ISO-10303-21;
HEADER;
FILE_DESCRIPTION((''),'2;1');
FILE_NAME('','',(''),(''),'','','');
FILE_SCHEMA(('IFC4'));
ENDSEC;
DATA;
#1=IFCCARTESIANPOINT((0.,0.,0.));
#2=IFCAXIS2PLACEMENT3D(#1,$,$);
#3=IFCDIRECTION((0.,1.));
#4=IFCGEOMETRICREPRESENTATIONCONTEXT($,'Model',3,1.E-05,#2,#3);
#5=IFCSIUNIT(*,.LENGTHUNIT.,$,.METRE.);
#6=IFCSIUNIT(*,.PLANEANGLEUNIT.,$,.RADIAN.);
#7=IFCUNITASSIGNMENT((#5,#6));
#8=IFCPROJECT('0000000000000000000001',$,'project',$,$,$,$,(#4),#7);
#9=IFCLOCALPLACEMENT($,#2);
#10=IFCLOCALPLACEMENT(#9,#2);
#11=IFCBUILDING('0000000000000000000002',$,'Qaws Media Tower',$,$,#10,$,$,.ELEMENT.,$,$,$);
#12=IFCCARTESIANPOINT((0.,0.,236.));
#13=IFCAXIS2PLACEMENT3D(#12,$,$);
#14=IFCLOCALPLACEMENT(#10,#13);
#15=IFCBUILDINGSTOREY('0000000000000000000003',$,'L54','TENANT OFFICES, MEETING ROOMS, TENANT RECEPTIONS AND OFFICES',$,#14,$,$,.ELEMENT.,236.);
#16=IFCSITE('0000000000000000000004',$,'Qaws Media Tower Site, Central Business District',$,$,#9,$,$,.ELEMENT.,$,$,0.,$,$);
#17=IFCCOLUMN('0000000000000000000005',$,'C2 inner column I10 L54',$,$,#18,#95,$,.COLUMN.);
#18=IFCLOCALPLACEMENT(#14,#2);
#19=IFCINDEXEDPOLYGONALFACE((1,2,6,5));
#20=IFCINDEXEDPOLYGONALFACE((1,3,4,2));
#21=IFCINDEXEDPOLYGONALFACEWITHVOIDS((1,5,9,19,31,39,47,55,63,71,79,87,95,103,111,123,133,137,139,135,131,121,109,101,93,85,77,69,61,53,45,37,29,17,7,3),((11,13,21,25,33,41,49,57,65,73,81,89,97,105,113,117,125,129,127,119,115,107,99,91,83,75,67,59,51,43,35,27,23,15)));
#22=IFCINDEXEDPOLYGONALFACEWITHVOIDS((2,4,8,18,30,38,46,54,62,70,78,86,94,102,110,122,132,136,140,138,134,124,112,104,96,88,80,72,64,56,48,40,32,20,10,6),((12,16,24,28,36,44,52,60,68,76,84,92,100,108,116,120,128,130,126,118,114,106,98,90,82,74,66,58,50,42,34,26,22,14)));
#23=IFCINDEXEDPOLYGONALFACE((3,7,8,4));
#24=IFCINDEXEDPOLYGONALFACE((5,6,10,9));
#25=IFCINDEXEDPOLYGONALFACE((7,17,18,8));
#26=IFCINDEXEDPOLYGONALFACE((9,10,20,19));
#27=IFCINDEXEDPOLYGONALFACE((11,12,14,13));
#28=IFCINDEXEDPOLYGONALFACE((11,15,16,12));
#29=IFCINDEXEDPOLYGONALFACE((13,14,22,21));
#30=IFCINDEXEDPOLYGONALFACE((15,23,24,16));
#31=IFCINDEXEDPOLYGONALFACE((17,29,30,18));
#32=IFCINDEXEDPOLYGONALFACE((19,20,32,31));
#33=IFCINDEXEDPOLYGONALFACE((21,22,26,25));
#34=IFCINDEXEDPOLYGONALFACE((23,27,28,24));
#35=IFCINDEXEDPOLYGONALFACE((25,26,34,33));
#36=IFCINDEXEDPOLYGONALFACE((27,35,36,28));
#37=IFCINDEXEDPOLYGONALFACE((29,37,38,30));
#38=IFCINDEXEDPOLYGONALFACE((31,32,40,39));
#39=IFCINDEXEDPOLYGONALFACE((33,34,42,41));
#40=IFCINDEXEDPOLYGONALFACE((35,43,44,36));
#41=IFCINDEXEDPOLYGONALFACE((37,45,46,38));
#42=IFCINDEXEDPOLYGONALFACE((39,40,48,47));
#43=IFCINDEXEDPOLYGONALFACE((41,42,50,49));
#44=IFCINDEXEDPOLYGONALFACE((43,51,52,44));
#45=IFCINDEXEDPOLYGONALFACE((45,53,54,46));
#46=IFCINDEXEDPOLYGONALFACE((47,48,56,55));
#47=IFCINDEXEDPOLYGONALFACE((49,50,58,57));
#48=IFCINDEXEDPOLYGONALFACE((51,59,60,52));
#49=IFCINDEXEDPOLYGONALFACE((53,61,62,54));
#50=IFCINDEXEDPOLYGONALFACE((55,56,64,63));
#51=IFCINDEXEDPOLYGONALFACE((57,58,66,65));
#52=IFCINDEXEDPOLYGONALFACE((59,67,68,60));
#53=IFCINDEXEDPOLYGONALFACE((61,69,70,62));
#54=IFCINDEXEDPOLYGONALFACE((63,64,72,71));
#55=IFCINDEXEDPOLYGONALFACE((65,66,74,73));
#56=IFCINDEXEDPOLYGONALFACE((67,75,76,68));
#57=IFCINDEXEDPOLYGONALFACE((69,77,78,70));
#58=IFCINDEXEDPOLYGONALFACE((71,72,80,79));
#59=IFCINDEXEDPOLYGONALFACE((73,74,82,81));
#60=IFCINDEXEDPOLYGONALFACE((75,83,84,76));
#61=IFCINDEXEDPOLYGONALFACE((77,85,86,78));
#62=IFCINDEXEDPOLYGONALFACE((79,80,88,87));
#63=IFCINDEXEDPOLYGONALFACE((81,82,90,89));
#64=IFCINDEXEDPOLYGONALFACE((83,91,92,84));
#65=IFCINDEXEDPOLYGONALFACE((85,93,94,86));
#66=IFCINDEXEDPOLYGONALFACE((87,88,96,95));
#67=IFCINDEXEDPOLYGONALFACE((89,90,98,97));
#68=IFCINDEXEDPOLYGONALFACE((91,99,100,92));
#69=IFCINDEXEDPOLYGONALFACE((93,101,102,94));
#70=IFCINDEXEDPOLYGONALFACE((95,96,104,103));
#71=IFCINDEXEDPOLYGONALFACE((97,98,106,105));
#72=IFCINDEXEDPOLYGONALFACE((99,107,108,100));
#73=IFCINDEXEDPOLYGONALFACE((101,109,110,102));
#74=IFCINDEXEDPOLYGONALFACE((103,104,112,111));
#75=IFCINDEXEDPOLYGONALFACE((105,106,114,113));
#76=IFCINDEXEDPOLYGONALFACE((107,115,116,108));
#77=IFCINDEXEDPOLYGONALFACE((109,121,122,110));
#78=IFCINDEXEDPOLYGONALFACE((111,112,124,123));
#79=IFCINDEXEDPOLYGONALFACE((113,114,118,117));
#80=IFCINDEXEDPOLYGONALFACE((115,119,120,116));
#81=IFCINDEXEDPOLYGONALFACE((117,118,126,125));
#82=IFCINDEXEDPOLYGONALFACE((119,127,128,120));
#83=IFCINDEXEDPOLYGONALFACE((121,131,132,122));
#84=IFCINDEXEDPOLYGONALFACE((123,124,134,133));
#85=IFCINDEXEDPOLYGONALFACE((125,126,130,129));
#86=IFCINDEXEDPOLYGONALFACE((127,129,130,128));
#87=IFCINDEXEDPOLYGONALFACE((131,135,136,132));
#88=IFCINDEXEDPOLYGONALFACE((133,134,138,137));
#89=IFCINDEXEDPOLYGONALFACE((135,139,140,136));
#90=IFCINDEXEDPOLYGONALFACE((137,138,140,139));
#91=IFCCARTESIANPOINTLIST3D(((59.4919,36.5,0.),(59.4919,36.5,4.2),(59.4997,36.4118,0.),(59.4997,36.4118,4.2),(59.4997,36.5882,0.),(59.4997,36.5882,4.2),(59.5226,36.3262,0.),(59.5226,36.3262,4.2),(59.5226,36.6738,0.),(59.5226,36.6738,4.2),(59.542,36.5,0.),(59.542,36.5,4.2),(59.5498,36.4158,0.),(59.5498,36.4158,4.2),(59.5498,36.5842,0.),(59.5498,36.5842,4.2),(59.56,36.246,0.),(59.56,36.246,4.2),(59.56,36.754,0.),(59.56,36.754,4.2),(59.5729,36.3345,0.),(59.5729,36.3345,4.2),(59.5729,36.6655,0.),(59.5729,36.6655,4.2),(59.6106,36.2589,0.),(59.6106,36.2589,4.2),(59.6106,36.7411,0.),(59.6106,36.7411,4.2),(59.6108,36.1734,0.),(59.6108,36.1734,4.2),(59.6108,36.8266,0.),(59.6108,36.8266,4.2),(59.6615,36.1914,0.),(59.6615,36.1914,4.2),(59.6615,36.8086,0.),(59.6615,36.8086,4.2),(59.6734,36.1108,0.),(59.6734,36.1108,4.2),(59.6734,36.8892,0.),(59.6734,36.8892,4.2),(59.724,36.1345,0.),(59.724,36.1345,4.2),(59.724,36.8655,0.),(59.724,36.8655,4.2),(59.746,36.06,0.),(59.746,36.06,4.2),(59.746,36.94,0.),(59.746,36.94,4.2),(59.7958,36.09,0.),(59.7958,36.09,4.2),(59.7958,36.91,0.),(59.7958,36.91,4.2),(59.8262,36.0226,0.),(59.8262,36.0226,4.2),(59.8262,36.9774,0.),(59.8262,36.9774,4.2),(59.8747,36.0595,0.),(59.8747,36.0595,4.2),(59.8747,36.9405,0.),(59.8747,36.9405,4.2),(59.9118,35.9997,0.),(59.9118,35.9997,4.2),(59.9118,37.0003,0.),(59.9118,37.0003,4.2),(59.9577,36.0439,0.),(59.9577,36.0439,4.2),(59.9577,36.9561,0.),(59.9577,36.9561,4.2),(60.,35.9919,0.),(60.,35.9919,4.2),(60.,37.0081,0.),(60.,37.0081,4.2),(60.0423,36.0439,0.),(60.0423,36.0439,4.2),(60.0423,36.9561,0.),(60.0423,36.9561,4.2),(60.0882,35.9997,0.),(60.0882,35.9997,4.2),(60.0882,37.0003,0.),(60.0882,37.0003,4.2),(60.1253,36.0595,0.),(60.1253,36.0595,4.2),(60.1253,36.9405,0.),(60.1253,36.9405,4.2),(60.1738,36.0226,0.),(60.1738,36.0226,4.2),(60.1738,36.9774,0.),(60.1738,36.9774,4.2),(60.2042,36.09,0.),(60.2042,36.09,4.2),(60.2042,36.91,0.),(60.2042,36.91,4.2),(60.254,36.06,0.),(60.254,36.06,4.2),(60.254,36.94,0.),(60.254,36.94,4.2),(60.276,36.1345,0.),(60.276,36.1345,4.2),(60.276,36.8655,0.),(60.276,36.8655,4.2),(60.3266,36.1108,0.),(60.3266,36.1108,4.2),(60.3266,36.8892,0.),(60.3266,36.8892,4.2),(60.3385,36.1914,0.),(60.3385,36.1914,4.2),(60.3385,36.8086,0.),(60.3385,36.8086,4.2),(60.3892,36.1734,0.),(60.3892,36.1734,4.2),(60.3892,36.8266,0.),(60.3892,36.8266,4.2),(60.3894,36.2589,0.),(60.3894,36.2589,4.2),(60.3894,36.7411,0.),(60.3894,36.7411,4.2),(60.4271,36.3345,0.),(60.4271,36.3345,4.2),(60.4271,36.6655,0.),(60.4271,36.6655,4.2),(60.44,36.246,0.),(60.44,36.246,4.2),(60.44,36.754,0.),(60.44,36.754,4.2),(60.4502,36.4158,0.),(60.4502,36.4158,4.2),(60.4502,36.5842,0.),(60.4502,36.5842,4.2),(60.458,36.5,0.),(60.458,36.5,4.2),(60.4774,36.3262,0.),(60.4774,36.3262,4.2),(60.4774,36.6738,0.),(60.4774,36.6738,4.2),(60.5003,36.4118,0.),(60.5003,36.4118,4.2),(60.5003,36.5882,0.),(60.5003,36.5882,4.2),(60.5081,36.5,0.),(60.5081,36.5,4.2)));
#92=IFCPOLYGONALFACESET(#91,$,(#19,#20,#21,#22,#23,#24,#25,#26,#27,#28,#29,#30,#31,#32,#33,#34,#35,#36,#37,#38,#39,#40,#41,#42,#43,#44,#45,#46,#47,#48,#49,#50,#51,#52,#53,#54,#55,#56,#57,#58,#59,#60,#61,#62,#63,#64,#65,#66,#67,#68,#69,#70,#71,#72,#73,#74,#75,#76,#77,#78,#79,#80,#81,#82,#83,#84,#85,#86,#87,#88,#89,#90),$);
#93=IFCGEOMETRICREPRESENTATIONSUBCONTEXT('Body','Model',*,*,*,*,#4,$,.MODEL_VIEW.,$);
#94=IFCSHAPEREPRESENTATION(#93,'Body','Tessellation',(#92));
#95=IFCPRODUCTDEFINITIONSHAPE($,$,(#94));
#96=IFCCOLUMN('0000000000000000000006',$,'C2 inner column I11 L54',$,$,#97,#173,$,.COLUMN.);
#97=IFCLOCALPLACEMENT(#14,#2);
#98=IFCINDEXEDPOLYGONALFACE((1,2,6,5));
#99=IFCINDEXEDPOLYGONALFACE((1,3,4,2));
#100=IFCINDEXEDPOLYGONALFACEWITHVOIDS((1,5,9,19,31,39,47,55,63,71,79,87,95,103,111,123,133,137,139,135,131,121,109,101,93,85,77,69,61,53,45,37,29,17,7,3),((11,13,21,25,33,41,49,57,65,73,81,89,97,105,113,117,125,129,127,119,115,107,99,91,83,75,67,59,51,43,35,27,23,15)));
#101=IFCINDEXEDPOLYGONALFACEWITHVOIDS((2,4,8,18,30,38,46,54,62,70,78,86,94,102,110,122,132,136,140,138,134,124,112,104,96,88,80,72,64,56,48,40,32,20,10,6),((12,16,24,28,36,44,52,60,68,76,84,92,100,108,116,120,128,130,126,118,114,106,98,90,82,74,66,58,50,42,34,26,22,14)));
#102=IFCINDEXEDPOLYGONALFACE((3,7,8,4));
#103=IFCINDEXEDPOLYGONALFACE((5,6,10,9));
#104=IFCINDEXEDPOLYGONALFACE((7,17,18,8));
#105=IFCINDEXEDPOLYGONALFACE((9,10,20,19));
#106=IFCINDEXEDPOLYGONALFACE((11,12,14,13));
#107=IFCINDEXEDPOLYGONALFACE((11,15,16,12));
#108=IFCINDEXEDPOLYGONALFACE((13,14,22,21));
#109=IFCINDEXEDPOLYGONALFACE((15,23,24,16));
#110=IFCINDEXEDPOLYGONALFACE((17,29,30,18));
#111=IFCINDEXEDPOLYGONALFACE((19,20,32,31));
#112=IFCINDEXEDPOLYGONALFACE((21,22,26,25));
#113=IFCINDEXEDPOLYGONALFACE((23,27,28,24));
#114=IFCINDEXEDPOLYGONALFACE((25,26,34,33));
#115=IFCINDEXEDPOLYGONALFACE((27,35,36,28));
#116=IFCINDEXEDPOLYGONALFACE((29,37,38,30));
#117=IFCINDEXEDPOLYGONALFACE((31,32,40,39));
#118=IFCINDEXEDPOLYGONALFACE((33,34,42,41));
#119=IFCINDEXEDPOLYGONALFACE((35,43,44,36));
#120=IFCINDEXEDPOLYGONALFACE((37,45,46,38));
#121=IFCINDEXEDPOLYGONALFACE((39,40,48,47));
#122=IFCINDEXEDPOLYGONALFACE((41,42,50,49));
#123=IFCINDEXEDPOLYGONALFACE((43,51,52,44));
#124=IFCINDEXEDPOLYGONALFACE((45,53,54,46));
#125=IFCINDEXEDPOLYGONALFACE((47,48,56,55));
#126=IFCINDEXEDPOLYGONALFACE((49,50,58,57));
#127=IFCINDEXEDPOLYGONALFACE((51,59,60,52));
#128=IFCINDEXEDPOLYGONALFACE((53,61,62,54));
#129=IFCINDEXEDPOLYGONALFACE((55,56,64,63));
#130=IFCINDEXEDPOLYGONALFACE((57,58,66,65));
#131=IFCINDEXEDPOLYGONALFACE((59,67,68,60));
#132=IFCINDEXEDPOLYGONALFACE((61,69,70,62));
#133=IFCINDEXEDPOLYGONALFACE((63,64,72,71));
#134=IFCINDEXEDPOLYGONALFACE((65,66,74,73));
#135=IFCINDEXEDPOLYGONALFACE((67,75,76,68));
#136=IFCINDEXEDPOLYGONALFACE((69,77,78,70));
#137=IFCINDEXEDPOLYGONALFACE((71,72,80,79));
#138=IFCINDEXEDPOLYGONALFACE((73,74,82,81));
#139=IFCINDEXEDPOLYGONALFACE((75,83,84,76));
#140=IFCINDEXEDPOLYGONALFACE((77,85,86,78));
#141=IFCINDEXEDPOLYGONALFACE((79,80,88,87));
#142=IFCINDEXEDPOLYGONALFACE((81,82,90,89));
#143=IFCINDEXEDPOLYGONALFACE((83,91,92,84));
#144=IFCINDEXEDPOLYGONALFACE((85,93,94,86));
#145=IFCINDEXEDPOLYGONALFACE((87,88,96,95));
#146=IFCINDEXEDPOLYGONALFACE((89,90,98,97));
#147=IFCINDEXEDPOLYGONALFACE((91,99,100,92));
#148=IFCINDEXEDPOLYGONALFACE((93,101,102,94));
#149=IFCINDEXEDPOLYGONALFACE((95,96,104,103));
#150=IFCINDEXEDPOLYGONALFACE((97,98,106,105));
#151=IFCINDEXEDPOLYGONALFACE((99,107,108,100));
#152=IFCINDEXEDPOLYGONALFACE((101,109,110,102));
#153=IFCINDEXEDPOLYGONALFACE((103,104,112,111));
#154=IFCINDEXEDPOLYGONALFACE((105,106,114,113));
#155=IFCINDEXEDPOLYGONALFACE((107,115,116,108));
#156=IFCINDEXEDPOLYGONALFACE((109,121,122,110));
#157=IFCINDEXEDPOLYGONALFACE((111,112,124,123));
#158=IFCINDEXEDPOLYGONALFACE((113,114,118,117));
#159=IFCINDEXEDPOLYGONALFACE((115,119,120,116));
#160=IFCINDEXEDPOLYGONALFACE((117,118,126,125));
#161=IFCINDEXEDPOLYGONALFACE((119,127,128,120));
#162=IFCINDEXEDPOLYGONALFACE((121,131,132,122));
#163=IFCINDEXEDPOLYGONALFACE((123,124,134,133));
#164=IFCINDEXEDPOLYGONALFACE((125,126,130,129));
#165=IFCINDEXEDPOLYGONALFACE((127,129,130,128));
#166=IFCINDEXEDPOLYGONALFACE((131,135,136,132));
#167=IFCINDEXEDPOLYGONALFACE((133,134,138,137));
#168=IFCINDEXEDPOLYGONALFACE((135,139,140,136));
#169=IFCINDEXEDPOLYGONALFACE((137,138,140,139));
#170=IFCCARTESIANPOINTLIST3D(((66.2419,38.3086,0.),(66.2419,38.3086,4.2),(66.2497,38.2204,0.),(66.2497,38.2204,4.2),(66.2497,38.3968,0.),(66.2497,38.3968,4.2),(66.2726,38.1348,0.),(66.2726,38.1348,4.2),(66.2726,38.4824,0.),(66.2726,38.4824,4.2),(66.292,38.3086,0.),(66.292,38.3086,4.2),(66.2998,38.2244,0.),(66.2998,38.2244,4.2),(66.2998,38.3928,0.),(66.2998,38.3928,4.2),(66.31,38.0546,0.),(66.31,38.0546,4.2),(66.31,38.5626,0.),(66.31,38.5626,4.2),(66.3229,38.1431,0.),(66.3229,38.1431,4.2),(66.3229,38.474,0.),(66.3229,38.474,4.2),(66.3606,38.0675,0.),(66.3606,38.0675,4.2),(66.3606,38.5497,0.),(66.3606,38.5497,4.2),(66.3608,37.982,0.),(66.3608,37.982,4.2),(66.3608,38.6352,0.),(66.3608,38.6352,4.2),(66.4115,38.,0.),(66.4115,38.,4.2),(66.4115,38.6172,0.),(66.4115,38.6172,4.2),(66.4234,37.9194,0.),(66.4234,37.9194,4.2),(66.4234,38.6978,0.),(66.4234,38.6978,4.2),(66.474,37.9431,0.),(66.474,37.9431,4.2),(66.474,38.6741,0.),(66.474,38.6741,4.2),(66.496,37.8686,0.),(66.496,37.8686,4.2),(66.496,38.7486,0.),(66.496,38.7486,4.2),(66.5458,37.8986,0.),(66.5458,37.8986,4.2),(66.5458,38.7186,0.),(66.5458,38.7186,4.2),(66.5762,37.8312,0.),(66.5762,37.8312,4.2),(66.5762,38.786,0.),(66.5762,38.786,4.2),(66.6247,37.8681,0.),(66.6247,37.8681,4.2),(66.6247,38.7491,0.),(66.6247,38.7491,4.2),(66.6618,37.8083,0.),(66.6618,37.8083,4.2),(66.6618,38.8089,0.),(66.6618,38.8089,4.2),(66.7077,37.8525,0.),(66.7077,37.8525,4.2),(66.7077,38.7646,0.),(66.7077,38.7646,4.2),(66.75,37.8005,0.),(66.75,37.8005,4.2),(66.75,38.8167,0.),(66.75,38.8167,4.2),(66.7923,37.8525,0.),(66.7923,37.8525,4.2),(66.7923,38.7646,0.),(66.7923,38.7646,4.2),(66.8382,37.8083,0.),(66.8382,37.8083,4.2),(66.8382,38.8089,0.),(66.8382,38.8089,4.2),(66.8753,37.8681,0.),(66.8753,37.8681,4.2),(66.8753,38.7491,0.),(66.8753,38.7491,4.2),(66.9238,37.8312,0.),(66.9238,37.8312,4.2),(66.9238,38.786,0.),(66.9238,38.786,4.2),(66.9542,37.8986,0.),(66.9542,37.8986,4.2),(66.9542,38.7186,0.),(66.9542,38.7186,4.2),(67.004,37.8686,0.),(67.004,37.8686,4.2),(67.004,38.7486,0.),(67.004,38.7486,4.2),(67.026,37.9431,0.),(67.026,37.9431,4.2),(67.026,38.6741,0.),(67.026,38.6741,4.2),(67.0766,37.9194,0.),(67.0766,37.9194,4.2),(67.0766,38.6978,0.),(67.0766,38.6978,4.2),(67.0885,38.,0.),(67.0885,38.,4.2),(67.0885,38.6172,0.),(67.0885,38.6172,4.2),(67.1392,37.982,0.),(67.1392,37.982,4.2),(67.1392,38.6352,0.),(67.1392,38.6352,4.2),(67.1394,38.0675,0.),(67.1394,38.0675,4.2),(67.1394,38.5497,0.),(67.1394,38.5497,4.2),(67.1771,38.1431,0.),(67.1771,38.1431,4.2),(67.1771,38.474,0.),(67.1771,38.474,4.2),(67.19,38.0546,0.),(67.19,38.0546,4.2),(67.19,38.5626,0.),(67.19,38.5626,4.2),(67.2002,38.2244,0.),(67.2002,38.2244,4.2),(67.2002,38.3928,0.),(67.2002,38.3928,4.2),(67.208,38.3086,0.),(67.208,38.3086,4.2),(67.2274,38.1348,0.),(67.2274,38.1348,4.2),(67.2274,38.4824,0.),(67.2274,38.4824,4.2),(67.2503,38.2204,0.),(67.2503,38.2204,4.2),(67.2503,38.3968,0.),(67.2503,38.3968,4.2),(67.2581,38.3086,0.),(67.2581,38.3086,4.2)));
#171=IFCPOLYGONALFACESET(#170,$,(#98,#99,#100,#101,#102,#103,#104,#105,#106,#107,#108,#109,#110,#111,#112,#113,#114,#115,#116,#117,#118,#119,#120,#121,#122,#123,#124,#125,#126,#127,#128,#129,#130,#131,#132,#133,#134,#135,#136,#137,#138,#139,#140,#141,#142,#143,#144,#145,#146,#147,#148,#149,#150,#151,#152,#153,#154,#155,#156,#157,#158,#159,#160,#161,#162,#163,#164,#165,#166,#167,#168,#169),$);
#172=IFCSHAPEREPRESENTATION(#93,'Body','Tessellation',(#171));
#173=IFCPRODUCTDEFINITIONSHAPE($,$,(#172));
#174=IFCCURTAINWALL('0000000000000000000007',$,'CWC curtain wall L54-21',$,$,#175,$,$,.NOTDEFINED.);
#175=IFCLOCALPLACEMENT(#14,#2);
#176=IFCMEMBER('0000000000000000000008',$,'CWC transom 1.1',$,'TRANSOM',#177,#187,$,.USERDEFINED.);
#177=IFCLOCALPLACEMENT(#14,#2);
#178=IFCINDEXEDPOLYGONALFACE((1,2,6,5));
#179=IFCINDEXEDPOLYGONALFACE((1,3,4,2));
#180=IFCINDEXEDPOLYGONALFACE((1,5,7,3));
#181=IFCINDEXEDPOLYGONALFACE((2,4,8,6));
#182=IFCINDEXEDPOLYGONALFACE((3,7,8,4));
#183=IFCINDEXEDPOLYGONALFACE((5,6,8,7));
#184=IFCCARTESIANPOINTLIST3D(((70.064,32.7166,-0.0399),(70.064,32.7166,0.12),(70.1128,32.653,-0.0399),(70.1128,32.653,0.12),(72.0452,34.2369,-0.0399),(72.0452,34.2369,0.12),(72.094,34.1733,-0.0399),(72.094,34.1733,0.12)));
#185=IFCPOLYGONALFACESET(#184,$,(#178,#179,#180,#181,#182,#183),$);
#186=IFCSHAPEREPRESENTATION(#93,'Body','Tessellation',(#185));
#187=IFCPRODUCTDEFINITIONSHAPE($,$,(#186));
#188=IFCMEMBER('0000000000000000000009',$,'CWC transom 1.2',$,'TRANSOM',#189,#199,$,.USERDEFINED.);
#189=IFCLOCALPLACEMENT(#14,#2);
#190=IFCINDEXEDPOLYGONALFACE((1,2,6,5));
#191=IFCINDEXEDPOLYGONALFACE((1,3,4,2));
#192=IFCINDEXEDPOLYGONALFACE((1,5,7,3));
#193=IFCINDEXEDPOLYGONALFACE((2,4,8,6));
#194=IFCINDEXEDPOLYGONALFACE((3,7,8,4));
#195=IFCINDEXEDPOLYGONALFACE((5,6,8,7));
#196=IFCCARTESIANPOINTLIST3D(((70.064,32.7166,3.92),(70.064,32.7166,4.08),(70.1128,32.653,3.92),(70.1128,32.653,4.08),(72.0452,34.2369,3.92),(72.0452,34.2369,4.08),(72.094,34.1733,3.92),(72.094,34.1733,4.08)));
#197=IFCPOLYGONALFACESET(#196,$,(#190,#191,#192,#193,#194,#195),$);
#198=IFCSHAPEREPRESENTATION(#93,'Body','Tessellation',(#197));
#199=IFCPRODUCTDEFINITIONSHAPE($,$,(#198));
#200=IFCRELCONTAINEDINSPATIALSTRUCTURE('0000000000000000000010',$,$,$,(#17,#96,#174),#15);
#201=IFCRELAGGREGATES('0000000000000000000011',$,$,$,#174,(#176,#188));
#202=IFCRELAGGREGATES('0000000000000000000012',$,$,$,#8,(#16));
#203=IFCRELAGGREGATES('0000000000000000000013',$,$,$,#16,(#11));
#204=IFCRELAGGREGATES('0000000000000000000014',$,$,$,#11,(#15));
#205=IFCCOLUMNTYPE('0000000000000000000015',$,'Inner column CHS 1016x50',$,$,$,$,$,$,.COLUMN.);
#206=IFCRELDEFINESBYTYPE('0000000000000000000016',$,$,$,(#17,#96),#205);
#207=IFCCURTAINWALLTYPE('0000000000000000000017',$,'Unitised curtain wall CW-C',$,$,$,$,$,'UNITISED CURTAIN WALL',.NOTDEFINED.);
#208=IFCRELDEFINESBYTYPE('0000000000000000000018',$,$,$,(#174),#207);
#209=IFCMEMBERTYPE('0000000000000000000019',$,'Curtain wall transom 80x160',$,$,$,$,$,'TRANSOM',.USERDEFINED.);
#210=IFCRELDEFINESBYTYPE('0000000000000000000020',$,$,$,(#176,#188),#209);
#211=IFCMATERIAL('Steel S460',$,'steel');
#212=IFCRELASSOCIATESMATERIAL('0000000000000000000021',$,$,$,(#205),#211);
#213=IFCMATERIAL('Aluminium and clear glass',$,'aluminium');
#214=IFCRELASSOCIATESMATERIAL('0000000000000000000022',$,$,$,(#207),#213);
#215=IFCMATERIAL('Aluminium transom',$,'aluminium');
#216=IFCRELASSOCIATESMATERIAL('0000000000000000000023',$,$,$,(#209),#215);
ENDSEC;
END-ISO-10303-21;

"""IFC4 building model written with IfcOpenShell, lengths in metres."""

from ifc_helpers import new_model, si_unit, direction, frame, origin, origin_2d, place, context, subcontext, project, spatial, rectangle, hollow_circle, extrude, material, material_profile, profile_set, type_object, element, aggregate, save


model = new_model("IFC4")

# Units and contexts
model_context = context("Model", 3, precision=1e-05, world=origin(), true_north=direction((0.0, 1.0)))
body_context = subcontext(model_context, "Body", "Model", "MODEL_VIEW")
ifc_project = project(units=[si_unit("LENGTHUNIT", "METRE"), si_unit("PLANEANGLEUNIT", "RADIAN")], contexts=[model_context])

# Site, building, storey
site_placement = place(None, origin())
site = spatial("IfcSite", under=ifc_project, at=site_placement, Name="Qaws Media Tower Site, Central Business District", CompositionType="ELEMENT", RefElevation=0.0)
building_placement = place(site_placement, origin())
building = spatial("IfcBuilding", under=site, at=building_placement, Name="Qaws Media Tower", CompositionType="ELEMENT")
storey_placement = place(building_placement, frame((0.0, 0.0, 236.0)))
storey = spatial("IfcBuildingStorey", under=building, at=storey_placement, Name="L54", Description="TENANT OFFICES, MEETING ROOMS, TENANT RECEPTIONS AND OFFICES", CompositionType="ELEMENT", Elevation=236.0)

# Columns
ifc_material_1 = material(Name="Steel S460", Category="steel")
ifc_material_profile_1 = material_profile(ifc_material_1, hollow_circle(Radius=0.5081, WallThickness=0.05, at=origin_2d()), Name="CHS 1016x50")
ifc_profile_set_1 = profile_set([ifc_material_profile_1], Name="Steel S460")
column_type = type_object("IfcColumnType", Name="Inner column CHS 1016x50", PredefinedType="COLUMN", material=ifc_profile_set_1)
for number, where, z_axis, x_axis, name in (
    (1, (60.0, 36.5, 0.0), (0.0, 0.0, 1.0), (1.0, 0.0, 0.0), "C2 inner column I10 L54"),
    (2, (66.75, 38.3086, 0.0), (0.0, 0.0, 1.0), (1.0, 0.0, 0.0), "C2 inner column I11 L54"),
):
    element("IfcColumn", number, at=place(storey_placement, frame(where, z_axis=z_axis, x_axis=x_axis)), inside=storey, type_object=column_type, Name=name, PredefinedType="COLUMN", context=body_context, shape_type="SweptSolid", body=[
        extrude(hollow_circle(Radius=0.5081, WallThickness=0.05, at=origin_2d()), origin(), (0.0, 0.0, 1.0), 4.2),
    ])

# Curtain wall, members
ifc_material_2 = material(Name="Aluminium and clear glass", Category="aluminium")
curtain_wall_type = type_object("IfcCurtainWallType", Name="Unitised curtain wall CW-C", ElementType="UNITISED CURTAIN WALL", PredefinedType="NOTDEFINED", material=ifc_material_2)
curtain_wall_placement = place(storey_placement, origin())
curtain_wall = element("IfcCurtainWall", 3, at=curtain_wall_placement, inside=storey, type_object=curtain_wall_type, Name="CWC curtain wall L54-21", PredefinedType="NOTDEFINED")
ifc_material_3 = material(Name="Aluminium transom", Category="aluminium")
ifc_material_profile_2 = material_profile(ifc_material_3, rectangle(XDim=0.0801, YDim=0.1599, at=origin_2d()), Name="80x160")
ifc_profile_set_2 = profile_set([ifc_material_profile_2], Name="Aluminium transom")
member_type = type_object("IfcMemberType", Name="Curtain wall transom 80x160", ElementType="TRANSOM", PredefinedType="USERDEFINED", material=ifc_profile_set_2)
member_1_placement = place(storey_placement, frame((70.0884, 32.6848, 0.04), z_axis=(0.793347, 0.60877, 0.0), x_axis=(-0.60877, 0.793347, 0.0)))
member_1 = element("IfcMember", 4, at=member_1_placement, type_object=member_type, Name="CWC transom 1.1", ObjectType="TRANSOM", PredefinedType="USERDEFINED", context=body_context, shape_type="SweptSolid", body=[
    extrude(rectangle(XDim=0.0801, YDim=0.1599, at=origin_2d()), origin(), (0.0, 0.0, 1.0), 2.4973),
])
member_2_placement = place(storey_placement, frame((70.0884, 32.6848, 4.0), z_axis=(0.793347, 0.60877, 0.0), x_axis=(-0.60877, 0.793347, 0.0)))
member_2 = element("IfcMember", 5, at=member_2_placement, type_object=member_type, Name="CWC transom 1.2", ObjectType="TRANSOM", PredefinedType="USERDEFINED", context=body_context, shape_type="SweptSolid", body=[
    extrude(rectangle(XDim=0.0801, YDim=0.1599, at=origin_2d()), origin(), (0.0, 0.0, 1.0), 2.4973),
])

aggregate(curtain_wall, [member_1, member_2])

save(model, "model.ifc")
